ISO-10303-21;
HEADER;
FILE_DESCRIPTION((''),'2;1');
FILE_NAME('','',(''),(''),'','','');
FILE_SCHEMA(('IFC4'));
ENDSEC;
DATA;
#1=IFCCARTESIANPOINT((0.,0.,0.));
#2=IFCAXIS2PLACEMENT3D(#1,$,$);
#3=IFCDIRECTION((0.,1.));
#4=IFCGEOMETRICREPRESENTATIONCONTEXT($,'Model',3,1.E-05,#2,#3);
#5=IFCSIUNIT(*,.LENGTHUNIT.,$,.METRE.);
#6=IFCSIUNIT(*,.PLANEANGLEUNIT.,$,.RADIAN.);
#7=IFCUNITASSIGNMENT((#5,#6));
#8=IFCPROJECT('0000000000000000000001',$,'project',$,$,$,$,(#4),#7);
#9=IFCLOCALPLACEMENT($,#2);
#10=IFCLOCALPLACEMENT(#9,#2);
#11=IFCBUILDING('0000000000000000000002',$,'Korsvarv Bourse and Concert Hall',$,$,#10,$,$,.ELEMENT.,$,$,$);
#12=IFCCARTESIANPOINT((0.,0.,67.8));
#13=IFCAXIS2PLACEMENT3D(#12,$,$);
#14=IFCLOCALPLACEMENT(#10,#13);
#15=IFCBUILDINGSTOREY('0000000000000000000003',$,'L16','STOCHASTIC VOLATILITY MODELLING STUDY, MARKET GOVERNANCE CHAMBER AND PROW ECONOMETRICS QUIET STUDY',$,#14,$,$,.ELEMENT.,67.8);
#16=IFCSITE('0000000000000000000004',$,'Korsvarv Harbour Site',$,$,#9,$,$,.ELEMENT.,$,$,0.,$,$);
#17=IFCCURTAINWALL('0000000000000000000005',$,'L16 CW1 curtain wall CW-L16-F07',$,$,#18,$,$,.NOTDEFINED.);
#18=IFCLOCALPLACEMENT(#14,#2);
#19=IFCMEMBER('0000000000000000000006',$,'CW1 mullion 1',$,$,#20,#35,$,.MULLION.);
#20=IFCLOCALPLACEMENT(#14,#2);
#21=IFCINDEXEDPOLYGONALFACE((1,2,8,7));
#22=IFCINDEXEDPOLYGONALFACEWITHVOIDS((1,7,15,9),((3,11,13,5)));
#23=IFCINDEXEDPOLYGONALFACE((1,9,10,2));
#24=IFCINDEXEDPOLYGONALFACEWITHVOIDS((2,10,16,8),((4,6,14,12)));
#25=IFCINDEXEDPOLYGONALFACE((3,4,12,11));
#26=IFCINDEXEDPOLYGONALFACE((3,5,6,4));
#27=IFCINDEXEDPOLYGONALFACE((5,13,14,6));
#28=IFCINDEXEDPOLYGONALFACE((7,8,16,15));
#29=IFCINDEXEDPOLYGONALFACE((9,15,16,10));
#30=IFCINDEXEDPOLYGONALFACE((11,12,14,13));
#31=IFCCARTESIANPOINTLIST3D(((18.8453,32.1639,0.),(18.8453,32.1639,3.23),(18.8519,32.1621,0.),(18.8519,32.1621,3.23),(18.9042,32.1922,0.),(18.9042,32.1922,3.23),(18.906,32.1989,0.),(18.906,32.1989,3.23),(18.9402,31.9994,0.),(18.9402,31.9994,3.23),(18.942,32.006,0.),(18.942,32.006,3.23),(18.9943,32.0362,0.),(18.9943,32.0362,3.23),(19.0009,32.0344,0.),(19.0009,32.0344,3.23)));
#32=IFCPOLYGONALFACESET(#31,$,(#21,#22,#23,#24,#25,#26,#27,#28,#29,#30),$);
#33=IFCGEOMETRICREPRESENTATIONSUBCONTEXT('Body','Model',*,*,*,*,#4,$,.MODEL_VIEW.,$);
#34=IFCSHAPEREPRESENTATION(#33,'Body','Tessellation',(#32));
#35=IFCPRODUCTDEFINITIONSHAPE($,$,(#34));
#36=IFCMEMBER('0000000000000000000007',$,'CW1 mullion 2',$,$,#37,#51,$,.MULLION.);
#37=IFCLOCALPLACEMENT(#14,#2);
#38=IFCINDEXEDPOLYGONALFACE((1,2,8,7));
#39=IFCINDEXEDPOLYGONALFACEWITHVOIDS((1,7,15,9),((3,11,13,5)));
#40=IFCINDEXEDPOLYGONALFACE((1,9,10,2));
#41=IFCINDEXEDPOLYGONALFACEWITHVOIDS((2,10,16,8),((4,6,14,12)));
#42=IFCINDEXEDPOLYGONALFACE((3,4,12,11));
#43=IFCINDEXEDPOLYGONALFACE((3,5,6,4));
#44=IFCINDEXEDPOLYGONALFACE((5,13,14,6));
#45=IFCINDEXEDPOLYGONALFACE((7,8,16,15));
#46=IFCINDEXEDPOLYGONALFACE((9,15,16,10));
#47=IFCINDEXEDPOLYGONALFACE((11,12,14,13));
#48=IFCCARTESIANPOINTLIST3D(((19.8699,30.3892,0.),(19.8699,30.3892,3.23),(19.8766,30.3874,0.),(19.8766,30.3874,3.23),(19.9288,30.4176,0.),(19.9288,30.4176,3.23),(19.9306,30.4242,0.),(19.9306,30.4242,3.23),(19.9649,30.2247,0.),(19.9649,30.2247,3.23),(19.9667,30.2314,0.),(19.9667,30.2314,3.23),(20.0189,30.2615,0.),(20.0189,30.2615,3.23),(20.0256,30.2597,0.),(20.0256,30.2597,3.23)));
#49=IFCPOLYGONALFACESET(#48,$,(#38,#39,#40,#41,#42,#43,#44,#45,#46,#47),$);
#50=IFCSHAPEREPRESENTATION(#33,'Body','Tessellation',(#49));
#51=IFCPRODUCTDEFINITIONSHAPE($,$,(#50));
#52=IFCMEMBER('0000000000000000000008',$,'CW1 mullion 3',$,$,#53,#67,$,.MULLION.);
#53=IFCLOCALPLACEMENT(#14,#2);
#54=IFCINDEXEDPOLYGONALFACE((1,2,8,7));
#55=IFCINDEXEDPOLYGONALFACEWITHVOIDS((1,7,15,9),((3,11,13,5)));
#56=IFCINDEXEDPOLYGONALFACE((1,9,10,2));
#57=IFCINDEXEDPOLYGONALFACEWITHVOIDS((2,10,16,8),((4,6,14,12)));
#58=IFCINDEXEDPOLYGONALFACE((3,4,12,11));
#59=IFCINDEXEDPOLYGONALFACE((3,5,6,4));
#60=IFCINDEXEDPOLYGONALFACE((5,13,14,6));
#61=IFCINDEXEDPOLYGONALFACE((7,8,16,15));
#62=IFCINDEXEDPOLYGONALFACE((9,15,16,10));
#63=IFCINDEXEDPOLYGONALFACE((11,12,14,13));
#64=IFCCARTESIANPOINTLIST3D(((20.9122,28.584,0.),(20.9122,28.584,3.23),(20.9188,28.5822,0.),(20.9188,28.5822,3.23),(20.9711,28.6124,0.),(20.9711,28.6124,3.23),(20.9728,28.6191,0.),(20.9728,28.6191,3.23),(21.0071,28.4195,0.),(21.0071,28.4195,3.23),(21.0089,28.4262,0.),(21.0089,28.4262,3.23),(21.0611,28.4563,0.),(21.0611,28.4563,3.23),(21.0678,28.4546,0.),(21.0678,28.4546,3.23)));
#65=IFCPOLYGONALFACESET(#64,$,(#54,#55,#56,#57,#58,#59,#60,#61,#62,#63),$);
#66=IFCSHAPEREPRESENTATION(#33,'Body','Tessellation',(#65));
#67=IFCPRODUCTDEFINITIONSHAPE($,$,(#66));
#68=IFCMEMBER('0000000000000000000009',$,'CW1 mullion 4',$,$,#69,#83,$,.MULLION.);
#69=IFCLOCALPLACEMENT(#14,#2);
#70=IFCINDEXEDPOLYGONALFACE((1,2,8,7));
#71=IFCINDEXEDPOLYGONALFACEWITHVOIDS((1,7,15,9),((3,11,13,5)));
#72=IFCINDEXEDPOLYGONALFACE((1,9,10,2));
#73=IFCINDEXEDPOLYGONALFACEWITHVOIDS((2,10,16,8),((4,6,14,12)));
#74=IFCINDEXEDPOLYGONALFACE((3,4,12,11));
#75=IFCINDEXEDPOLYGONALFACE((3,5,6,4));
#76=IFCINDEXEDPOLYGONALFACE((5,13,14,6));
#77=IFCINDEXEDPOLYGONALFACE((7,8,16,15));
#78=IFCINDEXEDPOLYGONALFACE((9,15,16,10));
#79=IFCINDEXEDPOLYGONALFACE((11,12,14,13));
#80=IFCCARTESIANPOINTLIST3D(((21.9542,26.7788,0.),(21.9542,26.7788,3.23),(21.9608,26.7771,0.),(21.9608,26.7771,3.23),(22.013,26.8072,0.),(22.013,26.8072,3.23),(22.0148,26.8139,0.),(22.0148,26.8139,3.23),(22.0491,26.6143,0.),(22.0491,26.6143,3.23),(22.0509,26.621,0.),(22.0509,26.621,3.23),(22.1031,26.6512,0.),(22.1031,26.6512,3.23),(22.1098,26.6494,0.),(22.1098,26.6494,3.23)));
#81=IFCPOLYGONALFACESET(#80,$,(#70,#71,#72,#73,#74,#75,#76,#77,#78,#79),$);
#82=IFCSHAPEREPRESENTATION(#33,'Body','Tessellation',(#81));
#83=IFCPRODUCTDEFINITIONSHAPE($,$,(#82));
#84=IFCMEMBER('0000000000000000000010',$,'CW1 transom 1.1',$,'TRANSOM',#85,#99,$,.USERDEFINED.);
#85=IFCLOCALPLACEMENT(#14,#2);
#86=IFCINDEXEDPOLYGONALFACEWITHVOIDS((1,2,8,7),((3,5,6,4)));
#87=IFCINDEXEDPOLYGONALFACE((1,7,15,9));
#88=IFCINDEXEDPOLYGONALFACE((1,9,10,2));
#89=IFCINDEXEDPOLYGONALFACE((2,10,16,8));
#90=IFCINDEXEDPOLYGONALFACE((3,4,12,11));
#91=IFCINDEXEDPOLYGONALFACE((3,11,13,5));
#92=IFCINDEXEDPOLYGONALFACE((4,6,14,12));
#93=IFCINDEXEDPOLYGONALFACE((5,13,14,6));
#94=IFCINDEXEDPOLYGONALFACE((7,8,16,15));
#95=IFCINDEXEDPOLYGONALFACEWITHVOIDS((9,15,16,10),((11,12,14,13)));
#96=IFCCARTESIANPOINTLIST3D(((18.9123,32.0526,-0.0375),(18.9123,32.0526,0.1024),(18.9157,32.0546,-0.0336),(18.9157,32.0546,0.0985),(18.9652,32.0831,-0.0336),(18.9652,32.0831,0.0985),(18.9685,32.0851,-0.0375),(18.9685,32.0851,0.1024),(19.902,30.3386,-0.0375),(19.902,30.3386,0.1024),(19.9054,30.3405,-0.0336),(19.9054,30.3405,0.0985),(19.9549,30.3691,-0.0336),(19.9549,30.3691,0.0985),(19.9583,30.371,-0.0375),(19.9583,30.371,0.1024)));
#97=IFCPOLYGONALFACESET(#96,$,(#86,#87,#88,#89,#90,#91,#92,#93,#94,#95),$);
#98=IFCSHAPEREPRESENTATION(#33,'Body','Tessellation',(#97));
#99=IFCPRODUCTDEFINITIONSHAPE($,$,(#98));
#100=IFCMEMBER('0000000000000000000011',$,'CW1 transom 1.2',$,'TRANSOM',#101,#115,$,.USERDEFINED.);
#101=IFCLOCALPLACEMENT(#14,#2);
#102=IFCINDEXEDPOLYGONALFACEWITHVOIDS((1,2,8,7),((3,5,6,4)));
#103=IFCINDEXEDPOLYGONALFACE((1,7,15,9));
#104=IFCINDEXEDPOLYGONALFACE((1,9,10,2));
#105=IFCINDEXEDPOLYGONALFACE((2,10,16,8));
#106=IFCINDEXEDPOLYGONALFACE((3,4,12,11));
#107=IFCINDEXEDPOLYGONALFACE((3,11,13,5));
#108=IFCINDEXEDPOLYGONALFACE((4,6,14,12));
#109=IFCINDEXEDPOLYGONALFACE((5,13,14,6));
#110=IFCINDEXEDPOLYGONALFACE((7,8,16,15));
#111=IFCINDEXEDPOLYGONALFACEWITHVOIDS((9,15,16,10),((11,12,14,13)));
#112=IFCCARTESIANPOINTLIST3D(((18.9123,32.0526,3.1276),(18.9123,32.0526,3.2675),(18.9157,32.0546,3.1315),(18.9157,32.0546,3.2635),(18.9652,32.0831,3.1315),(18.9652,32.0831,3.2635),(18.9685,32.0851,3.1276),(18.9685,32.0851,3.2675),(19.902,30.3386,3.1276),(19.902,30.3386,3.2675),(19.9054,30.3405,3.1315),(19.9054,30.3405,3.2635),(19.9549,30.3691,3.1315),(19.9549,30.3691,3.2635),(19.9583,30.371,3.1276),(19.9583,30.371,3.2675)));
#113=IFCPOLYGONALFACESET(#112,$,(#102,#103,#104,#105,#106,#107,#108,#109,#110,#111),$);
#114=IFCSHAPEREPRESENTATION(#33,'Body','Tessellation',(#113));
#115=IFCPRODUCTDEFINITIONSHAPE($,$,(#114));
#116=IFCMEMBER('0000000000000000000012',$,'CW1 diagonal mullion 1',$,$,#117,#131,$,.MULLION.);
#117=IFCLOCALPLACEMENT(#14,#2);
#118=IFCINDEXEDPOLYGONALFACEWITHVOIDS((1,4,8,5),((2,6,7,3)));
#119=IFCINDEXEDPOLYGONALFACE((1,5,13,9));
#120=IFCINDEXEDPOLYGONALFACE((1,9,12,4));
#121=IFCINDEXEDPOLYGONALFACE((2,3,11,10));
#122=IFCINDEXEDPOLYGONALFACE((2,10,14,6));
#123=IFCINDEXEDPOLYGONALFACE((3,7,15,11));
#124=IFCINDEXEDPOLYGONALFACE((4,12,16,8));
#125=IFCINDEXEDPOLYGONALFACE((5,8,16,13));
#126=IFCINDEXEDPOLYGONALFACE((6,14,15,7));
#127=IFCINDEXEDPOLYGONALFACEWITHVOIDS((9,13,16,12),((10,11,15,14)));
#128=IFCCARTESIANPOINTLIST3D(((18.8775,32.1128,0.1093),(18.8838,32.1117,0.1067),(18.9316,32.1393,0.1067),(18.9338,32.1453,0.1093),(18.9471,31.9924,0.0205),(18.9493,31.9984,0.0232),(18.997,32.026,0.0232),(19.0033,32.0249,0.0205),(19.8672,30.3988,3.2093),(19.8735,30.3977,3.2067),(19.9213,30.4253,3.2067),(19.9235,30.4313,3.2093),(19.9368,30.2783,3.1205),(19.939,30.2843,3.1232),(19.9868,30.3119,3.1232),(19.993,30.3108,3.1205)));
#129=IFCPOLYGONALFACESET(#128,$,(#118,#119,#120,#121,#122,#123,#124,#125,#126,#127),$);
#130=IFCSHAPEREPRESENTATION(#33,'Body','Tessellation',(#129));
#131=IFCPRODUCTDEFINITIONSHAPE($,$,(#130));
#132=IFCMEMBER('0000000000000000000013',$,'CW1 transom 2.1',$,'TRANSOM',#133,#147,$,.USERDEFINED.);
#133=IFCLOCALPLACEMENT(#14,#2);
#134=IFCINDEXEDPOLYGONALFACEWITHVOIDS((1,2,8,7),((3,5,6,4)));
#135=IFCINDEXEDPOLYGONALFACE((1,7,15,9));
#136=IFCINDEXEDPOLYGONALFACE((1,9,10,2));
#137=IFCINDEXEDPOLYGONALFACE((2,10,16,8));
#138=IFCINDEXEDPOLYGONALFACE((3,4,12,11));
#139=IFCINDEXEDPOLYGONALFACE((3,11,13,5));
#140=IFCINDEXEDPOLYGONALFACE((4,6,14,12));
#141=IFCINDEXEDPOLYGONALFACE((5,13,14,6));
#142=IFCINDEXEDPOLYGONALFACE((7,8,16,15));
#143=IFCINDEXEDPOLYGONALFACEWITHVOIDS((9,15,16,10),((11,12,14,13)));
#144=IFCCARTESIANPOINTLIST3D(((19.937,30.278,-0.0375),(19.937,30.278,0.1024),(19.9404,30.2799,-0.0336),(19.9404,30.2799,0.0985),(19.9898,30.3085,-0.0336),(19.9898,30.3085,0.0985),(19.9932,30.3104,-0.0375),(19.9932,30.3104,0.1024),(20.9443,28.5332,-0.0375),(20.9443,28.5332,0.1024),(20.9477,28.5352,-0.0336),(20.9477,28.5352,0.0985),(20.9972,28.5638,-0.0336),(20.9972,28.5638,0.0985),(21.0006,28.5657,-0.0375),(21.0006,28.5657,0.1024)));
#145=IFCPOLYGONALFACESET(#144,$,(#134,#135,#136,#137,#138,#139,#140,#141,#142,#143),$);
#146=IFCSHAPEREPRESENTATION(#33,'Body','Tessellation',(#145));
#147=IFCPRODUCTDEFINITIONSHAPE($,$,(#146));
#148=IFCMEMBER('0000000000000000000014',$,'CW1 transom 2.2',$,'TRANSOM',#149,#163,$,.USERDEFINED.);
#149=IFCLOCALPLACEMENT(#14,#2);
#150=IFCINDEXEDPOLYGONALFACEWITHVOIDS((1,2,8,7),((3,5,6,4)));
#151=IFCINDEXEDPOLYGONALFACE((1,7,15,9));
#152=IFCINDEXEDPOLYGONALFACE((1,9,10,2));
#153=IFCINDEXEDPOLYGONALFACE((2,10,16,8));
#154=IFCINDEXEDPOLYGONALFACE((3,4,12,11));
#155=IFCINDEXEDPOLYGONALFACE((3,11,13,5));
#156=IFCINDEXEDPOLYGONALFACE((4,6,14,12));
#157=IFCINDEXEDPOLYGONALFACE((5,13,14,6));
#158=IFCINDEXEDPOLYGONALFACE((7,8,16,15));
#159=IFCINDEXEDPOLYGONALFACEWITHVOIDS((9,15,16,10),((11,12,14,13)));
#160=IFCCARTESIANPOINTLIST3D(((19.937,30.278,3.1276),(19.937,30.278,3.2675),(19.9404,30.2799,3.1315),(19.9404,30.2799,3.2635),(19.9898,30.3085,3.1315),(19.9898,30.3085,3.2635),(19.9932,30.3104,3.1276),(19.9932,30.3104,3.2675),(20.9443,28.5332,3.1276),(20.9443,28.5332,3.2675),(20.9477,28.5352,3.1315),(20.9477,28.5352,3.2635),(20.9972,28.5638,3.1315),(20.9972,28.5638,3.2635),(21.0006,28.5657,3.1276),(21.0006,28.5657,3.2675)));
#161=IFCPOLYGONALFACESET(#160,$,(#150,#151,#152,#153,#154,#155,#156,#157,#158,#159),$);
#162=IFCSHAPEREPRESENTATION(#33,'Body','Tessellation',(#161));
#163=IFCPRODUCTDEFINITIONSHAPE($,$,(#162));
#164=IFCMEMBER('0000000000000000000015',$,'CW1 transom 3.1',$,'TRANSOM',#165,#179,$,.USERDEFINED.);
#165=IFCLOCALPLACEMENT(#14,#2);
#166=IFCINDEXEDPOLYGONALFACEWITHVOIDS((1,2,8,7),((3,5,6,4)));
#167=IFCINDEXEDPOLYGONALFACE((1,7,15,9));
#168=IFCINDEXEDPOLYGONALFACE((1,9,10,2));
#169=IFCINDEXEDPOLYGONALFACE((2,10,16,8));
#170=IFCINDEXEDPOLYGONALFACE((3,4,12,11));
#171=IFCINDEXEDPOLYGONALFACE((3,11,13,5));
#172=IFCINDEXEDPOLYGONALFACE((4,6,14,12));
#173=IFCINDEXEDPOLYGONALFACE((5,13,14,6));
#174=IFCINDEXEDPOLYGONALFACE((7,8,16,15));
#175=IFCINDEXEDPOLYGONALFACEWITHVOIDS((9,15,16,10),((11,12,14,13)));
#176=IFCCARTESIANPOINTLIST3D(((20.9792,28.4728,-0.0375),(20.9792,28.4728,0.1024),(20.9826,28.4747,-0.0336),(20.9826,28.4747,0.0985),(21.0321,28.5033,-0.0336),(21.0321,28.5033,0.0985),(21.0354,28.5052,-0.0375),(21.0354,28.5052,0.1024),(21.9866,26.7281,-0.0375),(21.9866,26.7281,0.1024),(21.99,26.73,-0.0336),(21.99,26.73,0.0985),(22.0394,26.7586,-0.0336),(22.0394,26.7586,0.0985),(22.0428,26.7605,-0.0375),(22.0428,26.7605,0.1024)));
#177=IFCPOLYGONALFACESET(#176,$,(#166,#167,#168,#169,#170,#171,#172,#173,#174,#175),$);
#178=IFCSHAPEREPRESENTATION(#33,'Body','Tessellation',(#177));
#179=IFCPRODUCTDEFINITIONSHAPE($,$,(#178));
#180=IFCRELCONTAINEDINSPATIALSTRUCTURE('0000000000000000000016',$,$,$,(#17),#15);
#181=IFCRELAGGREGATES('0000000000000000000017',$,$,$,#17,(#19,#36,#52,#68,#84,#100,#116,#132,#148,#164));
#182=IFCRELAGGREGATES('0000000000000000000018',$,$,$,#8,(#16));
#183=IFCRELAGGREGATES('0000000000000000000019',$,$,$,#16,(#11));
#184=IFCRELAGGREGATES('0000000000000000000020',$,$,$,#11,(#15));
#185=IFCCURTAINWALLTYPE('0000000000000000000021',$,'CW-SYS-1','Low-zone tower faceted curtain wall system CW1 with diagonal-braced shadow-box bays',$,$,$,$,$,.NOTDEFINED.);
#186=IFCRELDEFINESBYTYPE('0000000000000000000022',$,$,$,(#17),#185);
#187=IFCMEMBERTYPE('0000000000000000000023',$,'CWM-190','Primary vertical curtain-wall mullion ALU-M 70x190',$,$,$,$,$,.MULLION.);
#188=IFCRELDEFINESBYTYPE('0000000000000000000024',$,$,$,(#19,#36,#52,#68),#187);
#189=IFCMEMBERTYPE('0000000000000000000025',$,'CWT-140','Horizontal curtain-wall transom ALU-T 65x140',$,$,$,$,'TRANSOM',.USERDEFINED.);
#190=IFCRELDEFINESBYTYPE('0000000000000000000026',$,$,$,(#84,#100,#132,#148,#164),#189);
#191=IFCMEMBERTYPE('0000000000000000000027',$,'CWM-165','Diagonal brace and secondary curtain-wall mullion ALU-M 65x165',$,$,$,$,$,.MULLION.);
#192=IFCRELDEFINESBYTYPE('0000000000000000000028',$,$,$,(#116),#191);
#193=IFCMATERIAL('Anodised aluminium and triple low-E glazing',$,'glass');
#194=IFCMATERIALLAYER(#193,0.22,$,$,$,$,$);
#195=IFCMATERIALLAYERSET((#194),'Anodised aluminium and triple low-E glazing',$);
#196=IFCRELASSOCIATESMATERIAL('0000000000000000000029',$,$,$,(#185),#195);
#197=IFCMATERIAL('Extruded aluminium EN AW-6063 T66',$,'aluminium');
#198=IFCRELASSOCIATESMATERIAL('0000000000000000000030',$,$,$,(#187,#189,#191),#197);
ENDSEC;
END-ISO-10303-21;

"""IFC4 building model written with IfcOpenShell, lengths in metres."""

from ifc_helpers import new_model, si_unit, direction, frame, origin, origin_2d, place, context, subcontext, project, spatial, hollow_rectangle, extrude, source, transform, mapped, material, layer, layer_set, material_profile, profile_set, type_object, element, aggregate, save


model = new_model("IFC4")

# Units and contexts
model_context = context("Model", 3, precision=1e-05, world=origin(), true_north=direction((0.0, 1.0)))
body_context = subcontext(model_context, "Body", "Model", "MODEL_VIEW")
ifc_project = project(units=[si_unit("LENGTHUNIT", "METRE"), si_unit("PLANEANGLEUNIT", "RADIAN")], contexts=[model_context])

# Site, building, storey
site_placement = place(None, origin())
site = spatial("IfcSite", under=ifc_project, at=site_placement, Name="Korsvarv Harbour Site", CompositionType="ELEMENT", RefElevation=0.0)
building_placement = place(site_placement, origin())
building = spatial("IfcBuilding", under=site, at=building_placement, Name="Korsvarv Bourse and Concert Hall", CompositionType="ELEMENT")
storey_placement = place(building_placement, frame((0.0, 0.0, 67.8)))
storey = spatial("IfcBuildingStorey", under=building, at=storey_placement, Name="L16", Description="STOCHASTIC VOLATILITY MODELLING STUDY, MARKET GOVERNANCE CHAMBER AND PROW ECONOMETRICS QUIET STUDY", CompositionType="ELEMENT", Elevation=67.8)

# Curtain wall, members
ifc_material_1 = material(Name="Anodised aluminium and triple low-E glazing", Category="glass")
ifc_layer_1 = layer(ifc_material_1, 0.22)
ifc_layer_set_1 = layer_set([ifc_layer_1], Name="Anodised aluminium and triple low-E glazing")
curtain_wall_type = type_object("IfcCurtainWallType", Name="CW-SYS-1", Description="Low-zone tower faceted curtain wall system CW1 with diagonal-braced shadow-box bays", PredefinedType="NOTDEFINED", material=ifc_layer_set_1)
curtain_wall_placement = place(storey_placement, origin())
curtain_wall = element("IfcCurtainWall", 1, at=curtain_wall_placement, inside=storey, type_object=curtain_wall_type, Name="L16 CW1 curtain wall CW-L16-F07", PredefinedType="NOTDEFINED")
ifc_material_2 = material(Name="Extruded aluminium EN AW-6063 T66", Category="aluminium")
ifc_material_profile_1 = material_profile(ifc_material_2, hollow_rectangle(XDim=0.0701, YDim=0.1899, WallThickness=0.0049, at=origin_2d()), Name="ALU-M 70x190")
ifc_profile_set_1 = profile_set([ifc_material_profile_1], Name="Extruded aluminium EN AW-6063 T66")
member_type_1 = type_object("IfcMemberType", Name="CWM-190", Description="Primary vertical curtain-wall mullion ALU-M 70x190", PredefinedType="MULLION", material=ifc_profile_set_1)
shared_shape_1 = source(origin(), body_context, "Body", "SweptSolid", [
    extrude(hollow_rectangle(XDim=0.0701, YDim=0.1899, WallThickness=0.0049, at=origin_2d()), origin(), (0.0, 0.0, 1.0), 3.23),
])
member_1_placement = place(storey_placement, frame((18.9231, 32.0991, 0.0), z_axis=(0.0, 0.0, 1.0), x_axis=(0.866022, 0.500006, 0.0)))
member_1 = element("IfcMember", 2, at=member_1_placement, type_object=member_type_1, Name="CW1 mullion 1", PredefinedType="MULLION", context=body_context, shape_type="MappedRepresentation", body=[
    mapped(shared_shape_1, transform((0.0, 0.0, 0.0), scale=1.0)),
])
member_2_placement = place(storey_placement, frame((19.9478, 30.3245, 0.0), z_axis=(0.0, 0.0, 1.0), x_axis=(0.866022, 0.500006, 0.0)))
member_2 = element("IfcMember", 3, at=member_2_placement, type_object=member_type_1, Name="CW1 mullion 2", PredefinedType="MULLION", context=body_context, shape_type="MappedRepresentation", body=[
    mapped(shared_shape_1, transform((0.0, 0.0, 0.0), scale=1.0)),
])
member_3_placement = place(storey_placement, frame((20.99, 28.5193, 0.0), z_axis=(0.0, 0.0, 1.0), x_axis=(0.866022, 0.500006, 0.0)))
member_3 = element("IfcMember", 4, at=member_3_placement, type_object=member_type_1, Name="CW1 mullion 3", PredefinedType="MULLION", context=body_context, shape_type="MappedRepresentation", body=[
    mapped(shared_shape_1, transform((0.0, 0.0, 0.0), scale=1.0)),
])
member_4_placement = place(storey_placement, frame((22.032, 26.7141, 0.0), z_axis=(0.0, 0.0, 1.0), x_axis=(0.866022, 0.500006, 0.0)))
member_4 = element("IfcMember", 5, at=member_4_placement, type_object=member_type_1, Name="CW1 mullion 4", PredefinedType="MULLION", context=body_context, shape_type="MappedRepresentation", body=[
    mapped(shared_shape_1, transform((0.0, 0.0, 0.0), scale=1.0)),
])
ifc_material_profile_2 = material_profile(ifc_material_2, hollow_rectangle(XDim=0.0649, YDim=0.1399, WallThickness=0.0039, at=origin_2d()), Name="ALU-T 65x140")
ifc_profile_set_2 = profile_set([ifc_material_profile_2], Name="Extruded aluminium EN AW-6063 T66")
member_type_2 = type_object("IfcMemberType", Name="CWT-140", Description="Horizontal curtain-wall transom ALU-T 65x140", ElementType="TRANSOM", PredefinedType="USERDEFINED", material=ifc_profile_set_2)
shared_shape_2 = source(origin(), body_context, "Body", "SweptSolid", [
    extrude(hollow_rectangle(XDim=0.0649, YDim=0.1399, WallThickness=0.0039, at=origin_2d()), origin(), (0.0, 0.0, 1.0), 1.9792),
])
member_5_placement = place(storey_placement, frame((18.9404, 32.0688, 0.0325), z_axis=(0.500039, -0.866003, 0.0), x_axis=(0.866003, 0.500039, 0.0)))
member_5 = element("IfcMember", 6, at=member_5_placement, type_object=member_type_2, Name="CW1 transom 1.1", ObjectType="TRANSOM", PredefinedType="USERDEFINED", context=body_context, shape_type="MappedRepresentation", body=[
    mapped(shared_shape_2, transform((0.0, 0.0, 0.0), scale=1.0)),
])
member_6_placement = place(storey_placement, frame((18.9404, 32.0688, 3.1975), z_axis=(0.500039, -0.866003, 0.0), x_axis=(0.866003, 0.500039, 0.0)))
member_6 = element("IfcMember", 7, at=member_6_placement, type_object=member_type_2, Name="CW1 transom 1.2", ObjectType="TRANSOM", PredefinedType="USERDEFINED", context=body_context, shape_type="MappedRepresentation", body=[
    mapped(shared_shape_2, transform((0.0, 0.0, 0.0), scale=1.0)),
])
ifc_material_profile_3 = material_profile(ifc_material_2, hollow_rectangle(XDim=0.0649, YDim=0.165, WallThickness=0.0049, at=origin_2d()), Name="ALU-M 65x165")
ifc_profile_set_3 = profile_set([ifc_material_profile_3], Name="Extruded aluminium EN AW-6063 T66")
member_type_3 = type_object("IfcMemberType", Name="CWM-165", Description="Diagonal brace and secondary curtain-wall mullion ALU-M 65x165", PredefinedType="MULLION", material=ifc_profile_set_3)
shared_shape_3 = source(origin(), body_context, "Body", "SweptSolid", [
    extrude(hollow_rectangle(XDim=0.0649, YDim=0.165, WallThickness=0.0049, at=origin_2d()), origin(), (0.0, 0.0, 1.0), 3.678),
])
member_7_placement = place(storey_placement, frame((18.9404, 32.0688, 0.0649), z_axis=(0.269092, -0.466032, 0.842854), x_axis=(0.866003, 0.500039, 0.0)))
member_7 = element("IfcMember", 8, at=member_7_placement, type_object=member_type_3, Name="CW1 diagonal mullion 1", PredefinedType="MULLION", context=body_context, shape_type="MappedRepresentation", body=[
    mapped(shared_shape_3, transform((0.0, 0.0, 0.0), scale=1.0)),
])
shared_shape_4 = source(origin(), body_context, "Body", "SweptSolid", [
    extrude(hollow_rectangle(XDim=0.0649, YDim=0.1399, WallThickness=0.0039, at=origin_2d()), origin(), (0.0, 0.0, 1.0), 2.0146),
])
member_8_placement = place(storey_placement, frame((19.9651, 30.2942, 0.0325), z_axis=(0.500023, -0.866012, 0.0), x_axis=(0.866012, 0.500023, 0.0)))
member_8 = element("IfcMember", 9, at=member_8_placement, type_object=member_type_2, Name="CW1 transom 2.1", ObjectType="TRANSOM", PredefinedType="USERDEFINED", context=body_context, shape_type="MappedRepresentation", body=[
    mapped(shared_shape_4, transform((0.0, 0.0, 0.0), scale=1.0)),
])
member_9_placement = place(storey_placement, frame((19.9651, 30.2942, 3.1975), z_axis=(0.500023, -0.866012, 0.0), x_axis=(0.866012, 0.500023, 0.0)))
member_9 = element("IfcMember", 10, at=member_9_placement, type_object=member_type_2, Name="CW1 transom 2.2", ObjectType="TRANSOM", PredefinedType="USERDEFINED", context=body_context, shape_type="MappedRepresentation", body=[
    mapped(shared_shape_4, transform((0.0, 0.0, 0.0), scale=1.0)),
])
member_10_placement = place(storey_placement, frame((21.0073, 28.489, 0.0325), z_axis=(0.500023, -0.866012, 0.0), x_axis=(0.866012, 0.500023, 0.0)))
member_10 = element("IfcMember", 11, at=member_10_placement, type_object=member_type_2, Name="CW1 transom 3.1", ObjectType="TRANSOM", PredefinedType="USERDEFINED", context=body_context, shape_type="MappedRepresentation", body=[
    mapped(shared_shape_4, transform((0.0, 0.0, 0.0), scale=1.0)),
])
aggregate(curtain_wall, [member_1, member_2, member_3, member_4, member_5, member_6, member_7, member_8, member_9, member_10])

save(model, "model.ifc")
